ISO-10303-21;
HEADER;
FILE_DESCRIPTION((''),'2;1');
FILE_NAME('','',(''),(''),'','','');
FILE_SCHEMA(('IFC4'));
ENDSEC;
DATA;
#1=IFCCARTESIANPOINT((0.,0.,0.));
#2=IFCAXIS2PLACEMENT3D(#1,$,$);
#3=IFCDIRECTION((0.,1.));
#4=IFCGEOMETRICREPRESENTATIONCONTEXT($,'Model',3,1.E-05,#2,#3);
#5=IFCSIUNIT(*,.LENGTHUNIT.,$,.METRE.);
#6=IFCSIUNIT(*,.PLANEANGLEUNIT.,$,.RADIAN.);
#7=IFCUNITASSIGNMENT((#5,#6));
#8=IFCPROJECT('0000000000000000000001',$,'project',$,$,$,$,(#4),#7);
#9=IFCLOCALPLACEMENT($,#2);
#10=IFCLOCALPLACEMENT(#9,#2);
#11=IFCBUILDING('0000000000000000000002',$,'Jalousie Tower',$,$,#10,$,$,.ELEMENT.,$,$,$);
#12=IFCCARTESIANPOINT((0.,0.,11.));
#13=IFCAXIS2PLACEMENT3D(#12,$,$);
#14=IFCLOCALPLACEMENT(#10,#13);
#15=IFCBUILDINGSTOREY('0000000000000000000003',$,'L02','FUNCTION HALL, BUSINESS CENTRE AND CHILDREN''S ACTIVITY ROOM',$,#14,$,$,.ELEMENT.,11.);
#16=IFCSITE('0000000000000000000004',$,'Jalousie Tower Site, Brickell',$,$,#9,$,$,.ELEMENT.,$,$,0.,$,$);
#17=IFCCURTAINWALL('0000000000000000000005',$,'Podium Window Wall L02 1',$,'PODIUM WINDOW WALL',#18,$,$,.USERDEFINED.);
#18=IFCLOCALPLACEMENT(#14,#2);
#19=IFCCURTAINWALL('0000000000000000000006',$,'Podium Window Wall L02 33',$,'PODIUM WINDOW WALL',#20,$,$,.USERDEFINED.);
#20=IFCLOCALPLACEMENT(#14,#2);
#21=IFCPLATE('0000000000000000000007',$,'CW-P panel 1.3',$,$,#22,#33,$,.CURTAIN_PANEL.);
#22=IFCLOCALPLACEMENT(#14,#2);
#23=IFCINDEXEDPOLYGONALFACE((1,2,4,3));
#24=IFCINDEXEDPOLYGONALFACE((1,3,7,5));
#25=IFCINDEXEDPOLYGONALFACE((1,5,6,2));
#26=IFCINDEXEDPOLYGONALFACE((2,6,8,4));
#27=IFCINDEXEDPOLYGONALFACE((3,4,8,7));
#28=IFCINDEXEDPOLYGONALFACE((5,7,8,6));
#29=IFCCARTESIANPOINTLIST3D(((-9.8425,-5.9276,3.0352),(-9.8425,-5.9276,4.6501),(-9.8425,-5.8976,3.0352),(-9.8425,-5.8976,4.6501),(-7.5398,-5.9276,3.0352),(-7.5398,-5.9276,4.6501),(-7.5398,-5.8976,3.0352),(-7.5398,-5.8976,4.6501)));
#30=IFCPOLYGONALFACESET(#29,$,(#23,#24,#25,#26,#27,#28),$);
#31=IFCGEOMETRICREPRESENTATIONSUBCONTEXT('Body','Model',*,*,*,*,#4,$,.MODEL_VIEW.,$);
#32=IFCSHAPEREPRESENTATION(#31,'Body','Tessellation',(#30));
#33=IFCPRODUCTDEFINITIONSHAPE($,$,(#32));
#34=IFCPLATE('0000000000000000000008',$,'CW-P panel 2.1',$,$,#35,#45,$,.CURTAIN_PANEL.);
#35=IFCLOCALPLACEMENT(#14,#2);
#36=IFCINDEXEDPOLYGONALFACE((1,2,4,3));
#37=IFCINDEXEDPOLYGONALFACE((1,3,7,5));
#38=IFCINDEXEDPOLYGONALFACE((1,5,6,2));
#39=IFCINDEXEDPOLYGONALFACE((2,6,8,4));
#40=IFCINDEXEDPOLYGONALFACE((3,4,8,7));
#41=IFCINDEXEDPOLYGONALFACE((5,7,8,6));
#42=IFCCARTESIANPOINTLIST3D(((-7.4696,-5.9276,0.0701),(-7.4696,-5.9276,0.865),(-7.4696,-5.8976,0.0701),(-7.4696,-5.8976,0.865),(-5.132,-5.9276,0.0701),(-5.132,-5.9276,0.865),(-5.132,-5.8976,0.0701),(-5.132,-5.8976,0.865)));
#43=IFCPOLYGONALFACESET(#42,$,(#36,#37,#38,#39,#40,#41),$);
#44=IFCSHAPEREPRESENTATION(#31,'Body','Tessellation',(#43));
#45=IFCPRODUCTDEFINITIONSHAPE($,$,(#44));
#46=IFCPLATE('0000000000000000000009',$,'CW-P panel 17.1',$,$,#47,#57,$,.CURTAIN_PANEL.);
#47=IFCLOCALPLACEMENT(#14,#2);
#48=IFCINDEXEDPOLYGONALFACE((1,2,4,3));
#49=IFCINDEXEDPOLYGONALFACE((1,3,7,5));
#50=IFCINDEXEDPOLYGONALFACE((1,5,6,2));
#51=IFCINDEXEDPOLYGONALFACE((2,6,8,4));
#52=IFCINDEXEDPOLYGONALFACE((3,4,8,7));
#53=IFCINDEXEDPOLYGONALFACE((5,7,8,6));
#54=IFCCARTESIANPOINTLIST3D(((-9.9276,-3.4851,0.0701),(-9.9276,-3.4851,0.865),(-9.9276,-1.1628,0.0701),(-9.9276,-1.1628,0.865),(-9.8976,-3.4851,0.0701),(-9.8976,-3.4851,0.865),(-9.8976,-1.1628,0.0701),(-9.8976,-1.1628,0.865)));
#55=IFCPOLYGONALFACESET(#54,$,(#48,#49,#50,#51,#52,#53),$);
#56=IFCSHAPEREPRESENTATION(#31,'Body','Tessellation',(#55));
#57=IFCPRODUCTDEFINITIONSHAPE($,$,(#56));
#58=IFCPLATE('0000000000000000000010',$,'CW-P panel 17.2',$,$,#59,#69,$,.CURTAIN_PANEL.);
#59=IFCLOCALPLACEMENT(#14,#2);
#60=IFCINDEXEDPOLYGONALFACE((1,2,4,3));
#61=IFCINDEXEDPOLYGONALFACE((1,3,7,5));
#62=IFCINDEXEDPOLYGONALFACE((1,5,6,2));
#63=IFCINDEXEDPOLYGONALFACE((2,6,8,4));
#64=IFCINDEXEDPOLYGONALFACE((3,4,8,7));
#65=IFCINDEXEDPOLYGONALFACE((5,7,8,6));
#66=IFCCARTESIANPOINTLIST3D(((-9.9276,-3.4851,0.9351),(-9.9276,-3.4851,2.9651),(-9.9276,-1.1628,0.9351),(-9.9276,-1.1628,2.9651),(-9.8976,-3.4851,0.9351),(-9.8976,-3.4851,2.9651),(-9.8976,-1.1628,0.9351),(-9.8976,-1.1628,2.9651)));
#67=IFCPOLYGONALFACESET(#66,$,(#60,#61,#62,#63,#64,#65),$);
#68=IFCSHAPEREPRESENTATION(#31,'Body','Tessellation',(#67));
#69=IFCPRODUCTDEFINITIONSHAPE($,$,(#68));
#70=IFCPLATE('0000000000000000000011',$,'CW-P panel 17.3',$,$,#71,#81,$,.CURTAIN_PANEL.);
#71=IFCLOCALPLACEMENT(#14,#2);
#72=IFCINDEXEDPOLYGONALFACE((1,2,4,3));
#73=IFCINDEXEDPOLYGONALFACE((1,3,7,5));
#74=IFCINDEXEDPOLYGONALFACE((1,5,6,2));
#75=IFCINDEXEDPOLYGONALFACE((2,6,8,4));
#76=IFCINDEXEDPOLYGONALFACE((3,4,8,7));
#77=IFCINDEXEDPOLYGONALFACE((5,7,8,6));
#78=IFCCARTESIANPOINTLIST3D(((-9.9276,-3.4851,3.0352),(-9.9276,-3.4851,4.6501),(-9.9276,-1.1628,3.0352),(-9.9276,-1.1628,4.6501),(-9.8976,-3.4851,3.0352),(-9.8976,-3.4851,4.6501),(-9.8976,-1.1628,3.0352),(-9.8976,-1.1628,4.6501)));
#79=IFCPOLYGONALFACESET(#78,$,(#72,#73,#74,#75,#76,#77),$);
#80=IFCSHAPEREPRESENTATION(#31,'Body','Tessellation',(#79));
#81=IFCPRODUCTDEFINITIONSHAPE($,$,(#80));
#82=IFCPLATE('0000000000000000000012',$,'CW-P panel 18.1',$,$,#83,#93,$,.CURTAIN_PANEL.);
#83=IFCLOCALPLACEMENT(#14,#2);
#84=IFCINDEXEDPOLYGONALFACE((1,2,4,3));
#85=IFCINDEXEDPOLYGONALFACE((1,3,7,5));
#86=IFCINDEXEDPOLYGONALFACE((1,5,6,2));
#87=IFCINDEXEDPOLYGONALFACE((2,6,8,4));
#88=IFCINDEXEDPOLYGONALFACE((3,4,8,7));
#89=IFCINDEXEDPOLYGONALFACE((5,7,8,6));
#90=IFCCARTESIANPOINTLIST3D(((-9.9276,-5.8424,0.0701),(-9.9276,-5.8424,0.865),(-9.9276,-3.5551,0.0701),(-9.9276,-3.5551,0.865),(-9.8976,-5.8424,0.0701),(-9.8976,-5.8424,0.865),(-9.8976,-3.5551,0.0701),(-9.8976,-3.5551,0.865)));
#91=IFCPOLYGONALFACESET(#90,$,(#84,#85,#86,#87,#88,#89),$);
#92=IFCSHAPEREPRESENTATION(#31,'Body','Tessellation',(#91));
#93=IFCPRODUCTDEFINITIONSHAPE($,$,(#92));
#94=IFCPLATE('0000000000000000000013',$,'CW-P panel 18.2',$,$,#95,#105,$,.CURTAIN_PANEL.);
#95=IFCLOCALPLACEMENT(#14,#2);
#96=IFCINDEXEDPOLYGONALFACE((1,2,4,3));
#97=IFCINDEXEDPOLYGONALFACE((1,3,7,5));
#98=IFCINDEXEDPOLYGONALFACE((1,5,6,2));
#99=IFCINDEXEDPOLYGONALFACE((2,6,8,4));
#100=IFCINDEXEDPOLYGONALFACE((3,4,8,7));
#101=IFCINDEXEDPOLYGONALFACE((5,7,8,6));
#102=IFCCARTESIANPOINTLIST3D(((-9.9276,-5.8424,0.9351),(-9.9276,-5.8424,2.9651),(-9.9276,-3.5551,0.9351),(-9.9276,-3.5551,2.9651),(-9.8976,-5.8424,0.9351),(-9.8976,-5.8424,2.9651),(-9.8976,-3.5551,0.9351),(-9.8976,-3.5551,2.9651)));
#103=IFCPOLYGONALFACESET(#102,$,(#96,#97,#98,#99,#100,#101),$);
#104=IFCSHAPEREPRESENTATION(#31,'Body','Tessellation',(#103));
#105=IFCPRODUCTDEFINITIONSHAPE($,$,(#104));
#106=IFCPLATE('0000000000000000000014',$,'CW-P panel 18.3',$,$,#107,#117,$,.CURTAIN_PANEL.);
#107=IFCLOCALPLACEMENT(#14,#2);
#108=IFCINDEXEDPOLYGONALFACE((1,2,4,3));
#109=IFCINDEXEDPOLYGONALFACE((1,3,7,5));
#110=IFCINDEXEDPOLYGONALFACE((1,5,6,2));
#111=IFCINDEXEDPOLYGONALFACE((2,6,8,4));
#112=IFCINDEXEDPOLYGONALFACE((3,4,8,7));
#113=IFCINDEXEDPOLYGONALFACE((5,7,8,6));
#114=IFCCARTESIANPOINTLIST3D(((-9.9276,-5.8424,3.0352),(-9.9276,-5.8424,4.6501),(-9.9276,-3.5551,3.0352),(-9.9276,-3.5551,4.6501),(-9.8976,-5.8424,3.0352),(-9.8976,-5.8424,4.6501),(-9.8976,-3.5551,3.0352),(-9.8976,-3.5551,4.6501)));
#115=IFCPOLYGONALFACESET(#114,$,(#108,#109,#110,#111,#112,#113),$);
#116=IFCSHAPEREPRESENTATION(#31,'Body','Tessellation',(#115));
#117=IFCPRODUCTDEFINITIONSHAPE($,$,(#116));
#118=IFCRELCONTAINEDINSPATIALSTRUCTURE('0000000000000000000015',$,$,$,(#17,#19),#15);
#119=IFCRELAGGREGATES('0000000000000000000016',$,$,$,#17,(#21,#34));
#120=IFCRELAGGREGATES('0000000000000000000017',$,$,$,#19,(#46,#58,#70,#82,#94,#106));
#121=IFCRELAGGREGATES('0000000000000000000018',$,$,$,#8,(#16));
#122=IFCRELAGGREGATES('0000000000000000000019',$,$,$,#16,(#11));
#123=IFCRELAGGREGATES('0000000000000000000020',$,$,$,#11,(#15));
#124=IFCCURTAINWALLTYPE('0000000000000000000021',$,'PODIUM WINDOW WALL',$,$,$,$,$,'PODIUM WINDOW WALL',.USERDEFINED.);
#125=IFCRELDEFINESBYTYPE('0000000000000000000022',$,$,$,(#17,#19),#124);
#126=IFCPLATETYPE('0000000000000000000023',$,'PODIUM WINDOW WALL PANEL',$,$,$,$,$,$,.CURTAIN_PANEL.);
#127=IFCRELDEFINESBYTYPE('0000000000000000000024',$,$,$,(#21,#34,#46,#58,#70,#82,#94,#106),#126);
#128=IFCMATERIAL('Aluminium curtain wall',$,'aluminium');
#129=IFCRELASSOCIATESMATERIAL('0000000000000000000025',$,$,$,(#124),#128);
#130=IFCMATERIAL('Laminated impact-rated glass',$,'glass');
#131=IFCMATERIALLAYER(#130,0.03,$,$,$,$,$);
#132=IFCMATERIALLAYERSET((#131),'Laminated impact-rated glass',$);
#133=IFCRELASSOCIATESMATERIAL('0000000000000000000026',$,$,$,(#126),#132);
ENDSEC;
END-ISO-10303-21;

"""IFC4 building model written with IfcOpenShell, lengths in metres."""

from ifc_helpers import new_model, si_unit, direction, frame, origin, origin_2d, place, context, subcontext, project, spatial, rectangle, extrude, material, layer, layer_set, type_object, element, aggregate, save


model = new_model("IFC4")

# Units and contexts
model_context = context("Model", 3, precision=1e-05, world=origin(), true_north=direction((0.0, 1.0)))
body_context = subcontext(model_context, "Body", "Model", "MODEL_VIEW")
ifc_project = project(units=[si_unit("LENGTHUNIT", "METRE"), si_unit("PLANEANGLEUNIT", "RADIAN")], contexts=[model_context])

# Site, building, storey
site_placement = place(None, origin())
site = spatial("IfcSite", under=ifc_project, at=site_placement, Name="Jalousie Tower Site, Brickell", CompositionType="ELEMENT", RefElevation=0.0)
building_placement = place(site_placement, origin())
building = spatial("IfcBuilding", under=site, at=building_placement, Name="Jalousie Tower", CompositionType="ELEMENT")
storey_placement = place(building_placement, frame((0.0, 0.0, 11.0)))
storey = spatial("IfcBuildingStorey", under=building, at=storey_placement, Name="L02", Description="FUNCTION HALL, BUSINESS CENTRE AND CHILDREN'S ACTIVITY ROOM", CompositionType="ELEMENT", Elevation=11.0)

# Curtain walls
ifc_material_1 = material(Name="Aluminium curtain wall", Category="aluminium")
curtain_wall_type = type_object("IfcCurtainWallType", Name="PODIUM WINDOW WALL", ElementType="PODIUM WINDOW WALL", PredefinedType="USERDEFINED", material=ifc_material_1)
curtain_wall_1_placement = place(storey_placement, origin())
curtain_wall_1 = element("IfcCurtainWall", 1, at=curtain_wall_1_placement, inside=storey, type_object=curtain_wall_type, Name="Podium Window Wall L02 1", ObjectType="PODIUM WINDOW WALL", PredefinedType="USERDEFINED")
curtain_wall_2_placement = place(storey_placement, origin())
curtain_wall_2 = element("IfcCurtainWall", 2, at=curtain_wall_2_placement, inside=storey, type_object=curtain_wall_type, Name="Podium Window Wall L02 33", ObjectType="PODIUM WINDOW WALL", PredefinedType="USERDEFINED")

# Plates
ifc_material_2 = material(Name="Laminated impact-rated glass", Category="glass")
ifc_layer = layer(ifc_material_2, 0.03)
ifc_layer_set = layer_set([ifc_layer], Name="Laminated impact-rated glass")
plate_type = type_object("IfcPlateType", Name="PODIUM WINDOW WALL PANEL", PredefinedType="CURTAIN_PANEL", material=ifc_layer_set)
plate_1_placement = place(storey_placement, frame((-8.6912, -5.9126, 3.0352), z_axis=(0.0, 0.0, 1.0), x_axis=(1.0, 0.0, 0.0)))
plate_1 = element("IfcPlate", 3, at=plate_1_placement, type_object=plate_type, Name="CW-P panel 1.3", PredefinedType="CURTAIN_PANEL", context=body_context, shape_type="SweptSolid", body=[
    extrude(rectangle(XDim=2.3027, YDim=0.03, at=origin_2d()), origin(), (0.0, 0.0, 1.0), 1.615),
])
plate_2_placement = place(storey_placement, frame((-6.3008, -5.9126, 0.0701), z_axis=(0.0, 0.0, 1.0), x_axis=(1.0, 0.0, 0.0)))
plate_2 = element("IfcPlate", 4, at=plate_2_placement, type_object=plate_type, Name="CW-P panel 2.1", PredefinedType="CURTAIN_PANEL", context=body_context, shape_type="SweptSolid", body=[
    extrude(rectangle(XDim=2.3376, YDim=0.03, at=origin_2d()), origin(), (0.0, 0.0, 1.0), 0.7949),
])
aggregate(curtain_wall_1, [plate_1, plate_2])
plate_3_placement = place(storey_placement, frame((-9.9126, -2.324, 0.0701), z_axis=(0.0, 0.0, 1.0), x_axis=(0.0, -1.0, 0.0)))
plate_3 = element("IfcPlate", 5, at=plate_3_placement, type_object=plate_type, Name="CW-P panel 17.1", PredefinedType="CURTAIN_PANEL", context=body_context, shape_type="SweptSolid", body=[
    extrude(rectangle(XDim=2.3223, YDim=0.03, at=origin_2d()), origin(), (0.0, 0.0, 1.0), 0.7949),
])
plate_4_placement = place(storey_placement, frame((-9.9126, -2.324, 0.9351), z_axis=(0.0, 0.0, 1.0), x_axis=(0.0, -1.0, 0.0)))
plate_4 = element("IfcPlate", 6, at=plate_4_placement, type_object=plate_type, Name="CW-P panel 17.2", PredefinedType="CURTAIN_PANEL", context=body_context, shape_type="SweptSolid", body=[
    extrude(rectangle(XDim=2.3223, YDim=0.03, at=origin_2d()), origin(), (0.0, 0.0, 1.0), 2.03),
])
plate_5_placement = place(storey_placement, frame((-9.9126, -2.324, 3.0352), z_axis=(0.0, 0.0, 1.0), x_axis=(0.0, -1.0, 0.0)))
plate_5 = element("IfcPlate", 7, at=plate_5_placement, type_object=plate_type, Name="CW-P panel 17.3", PredefinedType="CURTAIN_PANEL", context=body_context, shape_type="SweptSolid", body=[
    extrude(rectangle(XDim=2.3223, YDim=0.03, at=origin_2d()), origin(), (0.0, 0.0, 1.0), 1.615),
])
plate_6_placement = place(storey_placement, frame((-9.9126, -4.6987, 0.0701), z_axis=(0.0, 0.0, 1.0), x_axis=(0.0, -1.0, 0.0)))
plate_6 = element("IfcPlate", 8, at=plate_6_placement, type_object=plate_type, Name="CW-P panel 18.1", PredefinedType="CURTAIN_PANEL", context=body_context, shape_type="SweptSolid", body=[
    extrude(rectangle(XDim=2.2874, YDim=0.03, at=origin_2d()), origin(), (0.0, 0.0, 1.0), 0.7949),
])
plate_7_placement = place(storey_placement, frame((-9.9126, -4.6987, 0.9351), z_axis=(0.0, 0.0, 1.0), x_axis=(0.0, -1.0, 0.0)))
plate_7 = element("IfcPlate", 9, at=plate_7_placement, type_object=plate_type, Name="CW-P panel 18.2", PredefinedType="CURTAIN_PANEL", context=body_context, shape_type="SweptSolid", body=[
    extrude(rectangle(XDim=2.2874, YDim=0.03, at=origin_2d()), origin(), (0.0, 0.0, 1.0), 2.03),
])
plate_8_placement = place(storey_placement, frame((-9.9126, -4.6987, 3.0352), z_axis=(0.0, 0.0, 1.0), x_axis=(0.0, -1.0, 0.0)))
plate_8 = element("IfcPlate", 10, at=plate_8_placement, type_object=plate_type, Name="CW-P panel 18.3", PredefinedType="CURTAIN_PANEL", context=body_context, shape_type="SweptSolid", body=[
    extrude(rectangle(XDim=2.2874, YDim=0.03, at=origin_2d()), origin(), (0.0, 0.0, 1.0), 1.615),
])
aggregate(curtain_wall_2, [plate_3, plate_4, plate_5, plate_6, plate_7, plate_8])

save(model, "model.ifc")
